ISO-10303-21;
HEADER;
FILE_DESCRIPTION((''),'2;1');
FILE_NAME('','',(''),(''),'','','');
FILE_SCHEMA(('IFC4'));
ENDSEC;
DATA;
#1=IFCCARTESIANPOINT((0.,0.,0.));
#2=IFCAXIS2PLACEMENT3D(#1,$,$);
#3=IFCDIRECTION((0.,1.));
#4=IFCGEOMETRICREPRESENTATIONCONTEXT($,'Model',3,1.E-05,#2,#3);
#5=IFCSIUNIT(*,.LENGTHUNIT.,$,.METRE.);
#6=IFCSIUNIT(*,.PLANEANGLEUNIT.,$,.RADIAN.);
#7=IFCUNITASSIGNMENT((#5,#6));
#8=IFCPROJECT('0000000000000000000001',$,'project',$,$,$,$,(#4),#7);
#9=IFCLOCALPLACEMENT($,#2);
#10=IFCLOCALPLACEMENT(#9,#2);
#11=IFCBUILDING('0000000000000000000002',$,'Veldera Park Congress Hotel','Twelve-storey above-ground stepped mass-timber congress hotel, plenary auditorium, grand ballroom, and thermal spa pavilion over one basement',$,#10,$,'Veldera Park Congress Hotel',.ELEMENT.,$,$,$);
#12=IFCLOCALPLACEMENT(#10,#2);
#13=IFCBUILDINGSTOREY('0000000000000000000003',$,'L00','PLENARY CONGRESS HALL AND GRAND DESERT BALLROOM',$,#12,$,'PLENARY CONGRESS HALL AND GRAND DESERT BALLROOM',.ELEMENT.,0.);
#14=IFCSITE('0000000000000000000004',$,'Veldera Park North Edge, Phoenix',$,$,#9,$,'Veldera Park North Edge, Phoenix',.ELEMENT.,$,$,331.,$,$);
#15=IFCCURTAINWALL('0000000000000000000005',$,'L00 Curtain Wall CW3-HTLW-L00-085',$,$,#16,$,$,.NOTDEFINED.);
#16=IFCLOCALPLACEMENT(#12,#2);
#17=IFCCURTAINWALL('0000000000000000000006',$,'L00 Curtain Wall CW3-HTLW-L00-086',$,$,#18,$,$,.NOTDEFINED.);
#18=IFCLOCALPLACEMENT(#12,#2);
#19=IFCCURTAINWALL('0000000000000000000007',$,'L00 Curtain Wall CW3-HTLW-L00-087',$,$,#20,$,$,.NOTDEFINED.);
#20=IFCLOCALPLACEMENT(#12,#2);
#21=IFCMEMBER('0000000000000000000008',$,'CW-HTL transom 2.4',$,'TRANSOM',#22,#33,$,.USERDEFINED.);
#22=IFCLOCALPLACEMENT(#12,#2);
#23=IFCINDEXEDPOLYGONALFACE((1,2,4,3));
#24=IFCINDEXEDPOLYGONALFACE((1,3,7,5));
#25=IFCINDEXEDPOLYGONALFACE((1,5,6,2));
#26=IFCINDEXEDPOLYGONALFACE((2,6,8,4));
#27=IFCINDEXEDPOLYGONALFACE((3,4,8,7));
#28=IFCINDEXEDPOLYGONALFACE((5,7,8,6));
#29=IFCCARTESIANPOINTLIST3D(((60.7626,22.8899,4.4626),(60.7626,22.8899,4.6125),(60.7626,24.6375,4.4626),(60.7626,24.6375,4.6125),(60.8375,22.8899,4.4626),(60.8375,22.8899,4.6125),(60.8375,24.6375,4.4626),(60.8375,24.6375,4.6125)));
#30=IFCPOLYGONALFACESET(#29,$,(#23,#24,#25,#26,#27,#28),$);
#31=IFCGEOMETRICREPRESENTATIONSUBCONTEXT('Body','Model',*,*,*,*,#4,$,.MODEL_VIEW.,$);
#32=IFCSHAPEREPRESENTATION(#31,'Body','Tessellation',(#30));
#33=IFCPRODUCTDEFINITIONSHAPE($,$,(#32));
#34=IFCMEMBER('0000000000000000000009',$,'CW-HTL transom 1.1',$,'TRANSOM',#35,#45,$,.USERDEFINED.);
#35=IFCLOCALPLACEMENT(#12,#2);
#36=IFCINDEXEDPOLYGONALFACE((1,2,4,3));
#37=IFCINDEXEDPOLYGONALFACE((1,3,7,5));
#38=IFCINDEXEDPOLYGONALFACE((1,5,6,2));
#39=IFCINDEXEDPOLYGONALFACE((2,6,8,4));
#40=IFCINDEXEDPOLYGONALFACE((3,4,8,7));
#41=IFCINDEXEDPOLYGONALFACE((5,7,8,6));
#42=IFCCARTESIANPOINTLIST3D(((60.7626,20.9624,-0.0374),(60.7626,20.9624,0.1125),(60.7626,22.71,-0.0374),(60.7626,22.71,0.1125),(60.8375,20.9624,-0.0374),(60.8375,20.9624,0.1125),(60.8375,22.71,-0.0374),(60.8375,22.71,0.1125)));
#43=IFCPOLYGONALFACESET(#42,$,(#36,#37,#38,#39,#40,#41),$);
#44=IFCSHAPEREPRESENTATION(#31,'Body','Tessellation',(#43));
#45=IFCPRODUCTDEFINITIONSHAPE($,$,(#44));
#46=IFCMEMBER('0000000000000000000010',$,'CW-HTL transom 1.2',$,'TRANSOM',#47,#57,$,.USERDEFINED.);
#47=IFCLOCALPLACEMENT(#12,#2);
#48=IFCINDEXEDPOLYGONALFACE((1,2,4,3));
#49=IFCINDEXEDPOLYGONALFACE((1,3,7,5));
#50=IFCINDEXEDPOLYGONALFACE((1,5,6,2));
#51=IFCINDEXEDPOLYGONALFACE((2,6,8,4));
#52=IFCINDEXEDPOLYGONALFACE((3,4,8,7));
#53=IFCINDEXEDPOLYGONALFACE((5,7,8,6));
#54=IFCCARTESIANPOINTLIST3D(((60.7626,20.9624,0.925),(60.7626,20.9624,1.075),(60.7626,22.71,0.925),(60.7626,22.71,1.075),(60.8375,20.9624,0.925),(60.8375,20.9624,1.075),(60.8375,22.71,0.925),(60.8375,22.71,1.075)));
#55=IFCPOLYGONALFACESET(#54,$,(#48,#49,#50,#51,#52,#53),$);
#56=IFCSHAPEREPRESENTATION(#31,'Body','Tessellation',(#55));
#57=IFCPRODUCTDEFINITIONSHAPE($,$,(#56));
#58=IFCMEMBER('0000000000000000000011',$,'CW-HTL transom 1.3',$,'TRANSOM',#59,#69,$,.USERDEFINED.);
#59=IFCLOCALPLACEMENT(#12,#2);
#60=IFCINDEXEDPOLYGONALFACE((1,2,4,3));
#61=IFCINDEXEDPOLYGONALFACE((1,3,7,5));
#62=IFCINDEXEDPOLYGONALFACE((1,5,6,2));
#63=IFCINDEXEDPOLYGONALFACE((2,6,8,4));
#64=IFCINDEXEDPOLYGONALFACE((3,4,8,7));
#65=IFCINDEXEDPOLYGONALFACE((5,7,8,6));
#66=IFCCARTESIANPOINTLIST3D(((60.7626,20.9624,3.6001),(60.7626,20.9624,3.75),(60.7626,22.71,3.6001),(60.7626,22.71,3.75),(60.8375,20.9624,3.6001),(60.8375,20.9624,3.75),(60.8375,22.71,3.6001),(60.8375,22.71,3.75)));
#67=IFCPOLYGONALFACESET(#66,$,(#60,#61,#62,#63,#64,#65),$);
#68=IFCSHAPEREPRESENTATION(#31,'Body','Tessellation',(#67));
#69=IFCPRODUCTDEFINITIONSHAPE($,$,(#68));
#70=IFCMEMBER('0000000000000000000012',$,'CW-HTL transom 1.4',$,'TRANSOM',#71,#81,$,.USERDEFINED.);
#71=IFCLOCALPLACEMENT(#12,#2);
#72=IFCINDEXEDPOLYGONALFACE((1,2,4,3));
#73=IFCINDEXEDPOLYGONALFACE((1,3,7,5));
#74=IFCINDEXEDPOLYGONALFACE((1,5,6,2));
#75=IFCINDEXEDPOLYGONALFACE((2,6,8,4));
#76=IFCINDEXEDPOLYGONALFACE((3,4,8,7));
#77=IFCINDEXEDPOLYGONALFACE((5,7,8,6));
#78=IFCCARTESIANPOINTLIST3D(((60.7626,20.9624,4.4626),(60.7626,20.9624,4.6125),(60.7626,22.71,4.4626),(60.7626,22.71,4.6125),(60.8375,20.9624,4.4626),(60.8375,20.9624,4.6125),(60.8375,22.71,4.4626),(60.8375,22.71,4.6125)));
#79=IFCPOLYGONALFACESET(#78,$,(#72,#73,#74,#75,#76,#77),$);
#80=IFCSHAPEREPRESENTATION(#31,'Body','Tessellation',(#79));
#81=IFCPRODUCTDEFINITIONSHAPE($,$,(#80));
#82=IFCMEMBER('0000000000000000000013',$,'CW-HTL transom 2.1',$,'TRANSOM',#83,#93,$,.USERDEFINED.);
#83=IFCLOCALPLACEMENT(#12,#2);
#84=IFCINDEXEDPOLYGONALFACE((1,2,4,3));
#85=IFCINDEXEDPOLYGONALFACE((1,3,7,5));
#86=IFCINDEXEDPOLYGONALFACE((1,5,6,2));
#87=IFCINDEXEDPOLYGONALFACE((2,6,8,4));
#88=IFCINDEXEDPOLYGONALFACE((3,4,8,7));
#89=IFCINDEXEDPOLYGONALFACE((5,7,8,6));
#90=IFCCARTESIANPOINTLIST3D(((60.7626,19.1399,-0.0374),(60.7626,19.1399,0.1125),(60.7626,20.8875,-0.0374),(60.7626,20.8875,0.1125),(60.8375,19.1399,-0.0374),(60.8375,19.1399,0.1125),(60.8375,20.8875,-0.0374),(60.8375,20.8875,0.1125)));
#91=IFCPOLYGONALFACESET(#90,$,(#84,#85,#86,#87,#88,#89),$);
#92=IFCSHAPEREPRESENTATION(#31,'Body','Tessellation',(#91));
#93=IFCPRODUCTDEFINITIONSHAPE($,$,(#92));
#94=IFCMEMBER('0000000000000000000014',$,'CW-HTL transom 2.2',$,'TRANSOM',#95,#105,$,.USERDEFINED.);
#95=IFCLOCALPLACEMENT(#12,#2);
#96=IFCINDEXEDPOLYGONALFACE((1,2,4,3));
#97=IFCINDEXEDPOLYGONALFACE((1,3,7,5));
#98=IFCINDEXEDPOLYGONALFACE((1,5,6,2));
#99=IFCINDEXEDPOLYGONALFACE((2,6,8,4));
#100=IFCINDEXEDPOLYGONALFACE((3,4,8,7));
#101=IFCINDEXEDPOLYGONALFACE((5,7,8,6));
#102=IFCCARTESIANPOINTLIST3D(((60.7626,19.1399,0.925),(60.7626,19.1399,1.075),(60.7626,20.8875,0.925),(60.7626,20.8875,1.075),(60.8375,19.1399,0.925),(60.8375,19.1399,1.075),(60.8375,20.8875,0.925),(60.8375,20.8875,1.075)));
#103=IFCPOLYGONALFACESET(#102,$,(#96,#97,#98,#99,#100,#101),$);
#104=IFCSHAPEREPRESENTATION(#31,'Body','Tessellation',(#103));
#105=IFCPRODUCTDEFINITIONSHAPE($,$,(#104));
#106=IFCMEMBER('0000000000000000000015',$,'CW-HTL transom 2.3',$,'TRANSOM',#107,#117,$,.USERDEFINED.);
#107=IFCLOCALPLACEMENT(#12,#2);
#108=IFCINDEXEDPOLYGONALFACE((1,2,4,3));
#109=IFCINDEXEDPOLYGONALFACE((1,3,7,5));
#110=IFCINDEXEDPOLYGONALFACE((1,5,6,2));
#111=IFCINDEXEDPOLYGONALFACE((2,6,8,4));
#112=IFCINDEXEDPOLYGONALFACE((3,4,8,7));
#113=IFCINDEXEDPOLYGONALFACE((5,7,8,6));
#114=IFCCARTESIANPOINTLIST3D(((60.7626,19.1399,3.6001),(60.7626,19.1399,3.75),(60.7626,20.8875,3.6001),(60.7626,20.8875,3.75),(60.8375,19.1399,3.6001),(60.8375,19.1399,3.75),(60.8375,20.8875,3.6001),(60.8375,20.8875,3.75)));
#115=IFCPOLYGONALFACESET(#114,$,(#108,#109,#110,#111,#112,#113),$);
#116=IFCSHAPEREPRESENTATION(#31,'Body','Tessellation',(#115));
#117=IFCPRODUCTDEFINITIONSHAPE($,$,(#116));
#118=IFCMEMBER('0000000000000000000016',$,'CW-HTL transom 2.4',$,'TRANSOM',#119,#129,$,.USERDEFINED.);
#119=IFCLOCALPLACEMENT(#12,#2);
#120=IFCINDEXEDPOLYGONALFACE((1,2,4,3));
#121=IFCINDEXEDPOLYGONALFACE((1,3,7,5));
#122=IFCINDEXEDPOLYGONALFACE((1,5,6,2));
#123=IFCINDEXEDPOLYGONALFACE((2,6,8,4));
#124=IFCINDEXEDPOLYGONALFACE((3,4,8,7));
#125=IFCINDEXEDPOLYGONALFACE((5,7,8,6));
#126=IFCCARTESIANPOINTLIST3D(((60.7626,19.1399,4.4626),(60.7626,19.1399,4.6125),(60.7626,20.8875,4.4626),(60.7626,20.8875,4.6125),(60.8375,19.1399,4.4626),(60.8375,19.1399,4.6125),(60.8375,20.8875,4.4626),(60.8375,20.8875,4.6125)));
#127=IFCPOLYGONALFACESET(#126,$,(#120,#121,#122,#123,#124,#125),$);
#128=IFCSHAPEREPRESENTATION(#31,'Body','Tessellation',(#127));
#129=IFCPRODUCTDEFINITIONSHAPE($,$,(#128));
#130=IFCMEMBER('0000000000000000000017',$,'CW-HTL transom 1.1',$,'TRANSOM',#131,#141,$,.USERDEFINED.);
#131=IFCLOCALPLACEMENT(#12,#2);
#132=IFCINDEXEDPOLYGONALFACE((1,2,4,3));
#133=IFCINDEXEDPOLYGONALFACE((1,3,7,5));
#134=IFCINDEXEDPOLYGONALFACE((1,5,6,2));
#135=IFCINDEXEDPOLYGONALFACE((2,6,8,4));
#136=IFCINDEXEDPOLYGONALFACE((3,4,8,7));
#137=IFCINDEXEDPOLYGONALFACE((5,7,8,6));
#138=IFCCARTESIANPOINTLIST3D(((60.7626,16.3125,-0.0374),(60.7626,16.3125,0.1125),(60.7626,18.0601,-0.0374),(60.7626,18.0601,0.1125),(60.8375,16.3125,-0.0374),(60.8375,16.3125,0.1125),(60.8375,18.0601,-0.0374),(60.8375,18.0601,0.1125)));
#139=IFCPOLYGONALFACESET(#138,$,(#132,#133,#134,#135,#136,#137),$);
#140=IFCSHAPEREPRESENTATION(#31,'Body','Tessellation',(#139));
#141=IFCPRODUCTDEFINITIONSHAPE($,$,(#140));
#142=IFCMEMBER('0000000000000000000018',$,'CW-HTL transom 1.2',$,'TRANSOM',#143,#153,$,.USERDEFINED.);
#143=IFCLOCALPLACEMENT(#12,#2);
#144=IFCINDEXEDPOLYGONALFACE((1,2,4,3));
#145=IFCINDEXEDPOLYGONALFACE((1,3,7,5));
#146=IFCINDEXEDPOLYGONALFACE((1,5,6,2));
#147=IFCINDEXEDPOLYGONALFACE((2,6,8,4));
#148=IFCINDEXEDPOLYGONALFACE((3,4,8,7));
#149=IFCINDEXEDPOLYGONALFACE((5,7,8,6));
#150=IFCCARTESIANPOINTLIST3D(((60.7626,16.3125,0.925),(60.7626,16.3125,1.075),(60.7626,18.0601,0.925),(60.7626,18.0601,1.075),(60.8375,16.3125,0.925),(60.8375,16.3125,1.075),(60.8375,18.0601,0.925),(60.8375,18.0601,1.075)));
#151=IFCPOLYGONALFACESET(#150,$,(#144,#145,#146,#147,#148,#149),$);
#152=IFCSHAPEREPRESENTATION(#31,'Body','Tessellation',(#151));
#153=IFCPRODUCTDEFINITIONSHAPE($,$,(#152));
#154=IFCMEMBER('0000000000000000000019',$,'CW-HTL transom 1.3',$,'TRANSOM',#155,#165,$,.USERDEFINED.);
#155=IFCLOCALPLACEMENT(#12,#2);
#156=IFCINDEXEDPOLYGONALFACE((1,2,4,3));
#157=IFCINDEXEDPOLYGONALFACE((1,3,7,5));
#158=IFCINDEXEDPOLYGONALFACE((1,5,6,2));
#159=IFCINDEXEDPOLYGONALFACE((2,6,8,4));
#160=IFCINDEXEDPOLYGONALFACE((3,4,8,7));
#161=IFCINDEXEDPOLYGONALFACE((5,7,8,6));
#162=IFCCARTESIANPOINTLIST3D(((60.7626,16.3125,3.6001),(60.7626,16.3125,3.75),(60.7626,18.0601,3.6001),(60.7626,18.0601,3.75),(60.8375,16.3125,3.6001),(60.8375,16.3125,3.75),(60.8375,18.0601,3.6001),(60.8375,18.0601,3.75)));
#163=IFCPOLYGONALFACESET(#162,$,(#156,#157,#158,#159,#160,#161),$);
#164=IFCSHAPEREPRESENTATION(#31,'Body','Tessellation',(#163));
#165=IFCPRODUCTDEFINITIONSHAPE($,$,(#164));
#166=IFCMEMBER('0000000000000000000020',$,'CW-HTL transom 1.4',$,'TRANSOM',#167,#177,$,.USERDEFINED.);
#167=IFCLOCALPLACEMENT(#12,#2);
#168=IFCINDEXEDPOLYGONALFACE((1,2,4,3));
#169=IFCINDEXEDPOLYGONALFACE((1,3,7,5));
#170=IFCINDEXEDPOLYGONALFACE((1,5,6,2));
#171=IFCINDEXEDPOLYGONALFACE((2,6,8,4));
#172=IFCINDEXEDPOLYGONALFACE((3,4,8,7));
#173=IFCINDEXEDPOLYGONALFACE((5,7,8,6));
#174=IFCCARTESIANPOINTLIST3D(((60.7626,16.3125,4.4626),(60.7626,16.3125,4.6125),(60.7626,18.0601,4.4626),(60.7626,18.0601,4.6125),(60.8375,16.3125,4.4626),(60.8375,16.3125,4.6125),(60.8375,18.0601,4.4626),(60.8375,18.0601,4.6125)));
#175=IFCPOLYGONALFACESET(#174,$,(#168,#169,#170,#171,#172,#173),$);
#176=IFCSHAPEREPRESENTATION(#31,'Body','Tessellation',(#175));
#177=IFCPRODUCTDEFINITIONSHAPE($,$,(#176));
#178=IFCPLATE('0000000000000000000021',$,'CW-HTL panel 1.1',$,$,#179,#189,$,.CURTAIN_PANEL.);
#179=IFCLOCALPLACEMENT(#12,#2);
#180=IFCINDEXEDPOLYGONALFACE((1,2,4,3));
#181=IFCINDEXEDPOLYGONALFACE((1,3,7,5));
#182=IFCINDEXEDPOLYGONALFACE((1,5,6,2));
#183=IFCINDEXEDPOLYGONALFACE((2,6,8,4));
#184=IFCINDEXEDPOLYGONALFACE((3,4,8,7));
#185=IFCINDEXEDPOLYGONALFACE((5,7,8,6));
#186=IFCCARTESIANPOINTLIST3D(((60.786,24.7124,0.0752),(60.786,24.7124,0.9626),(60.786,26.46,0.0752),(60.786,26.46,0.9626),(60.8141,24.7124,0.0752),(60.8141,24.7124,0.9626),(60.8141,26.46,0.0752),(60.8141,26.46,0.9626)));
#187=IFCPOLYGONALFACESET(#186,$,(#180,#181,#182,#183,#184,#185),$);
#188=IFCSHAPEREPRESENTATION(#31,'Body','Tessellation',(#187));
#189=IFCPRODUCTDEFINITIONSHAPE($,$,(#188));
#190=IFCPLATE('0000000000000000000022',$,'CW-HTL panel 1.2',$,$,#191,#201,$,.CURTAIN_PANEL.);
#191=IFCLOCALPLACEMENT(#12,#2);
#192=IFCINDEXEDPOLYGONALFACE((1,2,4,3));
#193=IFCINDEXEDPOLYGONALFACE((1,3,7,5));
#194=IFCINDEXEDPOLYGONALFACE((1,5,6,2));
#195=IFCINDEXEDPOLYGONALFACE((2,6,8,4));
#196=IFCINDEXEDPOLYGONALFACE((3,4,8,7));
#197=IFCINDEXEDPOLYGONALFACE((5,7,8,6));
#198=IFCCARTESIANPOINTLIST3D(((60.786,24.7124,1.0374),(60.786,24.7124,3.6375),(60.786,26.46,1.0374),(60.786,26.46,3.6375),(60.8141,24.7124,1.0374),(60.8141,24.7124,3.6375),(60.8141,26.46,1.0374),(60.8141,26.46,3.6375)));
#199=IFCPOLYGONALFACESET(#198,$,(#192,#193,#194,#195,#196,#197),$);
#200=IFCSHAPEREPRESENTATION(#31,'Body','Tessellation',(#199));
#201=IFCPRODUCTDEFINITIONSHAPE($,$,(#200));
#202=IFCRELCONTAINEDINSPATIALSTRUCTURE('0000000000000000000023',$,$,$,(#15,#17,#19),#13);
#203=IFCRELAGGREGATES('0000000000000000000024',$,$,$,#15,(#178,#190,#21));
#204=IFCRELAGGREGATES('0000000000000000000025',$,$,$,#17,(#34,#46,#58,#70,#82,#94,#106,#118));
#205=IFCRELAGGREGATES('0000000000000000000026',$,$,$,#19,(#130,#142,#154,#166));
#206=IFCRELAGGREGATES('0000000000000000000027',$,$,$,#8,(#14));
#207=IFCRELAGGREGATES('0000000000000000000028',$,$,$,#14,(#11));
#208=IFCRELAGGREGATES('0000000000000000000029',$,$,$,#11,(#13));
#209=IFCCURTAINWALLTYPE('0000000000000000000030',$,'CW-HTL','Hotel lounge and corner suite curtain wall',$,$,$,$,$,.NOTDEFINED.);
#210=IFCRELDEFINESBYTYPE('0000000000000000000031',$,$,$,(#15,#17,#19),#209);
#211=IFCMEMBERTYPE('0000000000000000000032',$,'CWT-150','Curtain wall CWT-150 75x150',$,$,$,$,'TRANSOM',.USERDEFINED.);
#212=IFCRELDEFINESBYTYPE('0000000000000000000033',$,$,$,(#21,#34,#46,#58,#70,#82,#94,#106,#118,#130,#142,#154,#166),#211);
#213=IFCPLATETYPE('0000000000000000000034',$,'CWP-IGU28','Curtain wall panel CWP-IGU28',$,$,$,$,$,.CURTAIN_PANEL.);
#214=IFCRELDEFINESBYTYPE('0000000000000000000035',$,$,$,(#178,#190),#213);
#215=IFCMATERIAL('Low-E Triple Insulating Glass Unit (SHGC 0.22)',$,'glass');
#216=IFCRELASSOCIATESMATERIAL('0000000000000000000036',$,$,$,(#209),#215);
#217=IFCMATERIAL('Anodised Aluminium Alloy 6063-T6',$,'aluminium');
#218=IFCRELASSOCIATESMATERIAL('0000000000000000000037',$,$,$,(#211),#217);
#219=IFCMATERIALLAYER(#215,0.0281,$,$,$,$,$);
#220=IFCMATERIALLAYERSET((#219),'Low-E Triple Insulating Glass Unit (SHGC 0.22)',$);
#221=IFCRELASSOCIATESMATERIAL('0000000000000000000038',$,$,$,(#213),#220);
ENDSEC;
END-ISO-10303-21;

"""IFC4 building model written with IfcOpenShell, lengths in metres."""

from ifc_helpers import new_model, si_unit, direction, frame, origin, origin_2d, place, context, subcontext, project, spatial, rectangle, extrude, material, layer, layer_set, material_profile, profile_set, type_object, element, aggregate, save


model = new_model("IFC4")

# Units and contexts
model_context = context("Model", 3, precision=1e-05, world=origin(), true_north=direction((0.0, 1.0)))
body_context = subcontext(model_context, "Body", "Model", "MODEL_VIEW")
ifc_project = project(units=[si_unit("LENGTHUNIT", "METRE"), si_unit("PLANEANGLEUNIT", "RADIAN")], contexts=[model_context])

# Site, building, storey
site_placement = place(None, origin())
site = spatial("IfcSite", under=ifc_project, at=site_placement, Name="Veldera Park North Edge, Phoenix", LongName="Veldera Park North Edge, Phoenix", CompositionType="ELEMENT", RefElevation=331.0)
building_placement = place(site_placement, origin())
building = spatial("IfcBuilding", under=site, at=building_placement, Name="Veldera Park Congress Hotel", Description="Twelve-storey above-ground stepped mass-timber congress hotel, plenary auditorium, grand ballroom, and thermal spa pavilion over one basement", LongName="Veldera Park Congress Hotel", CompositionType="ELEMENT")
storey_placement = place(building_placement, origin())
storey = spatial("IfcBuildingStorey", under=building, at=storey_placement, Name="L00", Description="PLENARY CONGRESS HALL AND GRAND DESERT BALLROOM", LongName="PLENARY CONGRESS HALL AND GRAND DESERT BALLROOM", CompositionType="ELEMENT", Elevation=0.0)

# Curtain walls
ifc_material_1 = material(Name="Low-E Triple Insulating Glass Unit (SHGC 0.22)", Category="glass")
curtain_wall_type = type_object("IfcCurtainWallType", Name="CW-HTL", Description="Hotel lounge and corner suite curtain wall", PredefinedType="NOTDEFINED", material=ifc_material_1)
curtain_wall_1_placement = place(storey_placement, origin())
curtain_wall_1 = element("IfcCurtainWall", 1, at=curtain_wall_1_placement, inside=storey, type_object=curtain_wall_type, Name="L00 Curtain Wall CW3-HTLW-L00-085", PredefinedType="NOTDEFINED")
ifc_material_2 = material(Name="Anodised Aluminium Alloy 6063-T6", Category="aluminium")
curtain_wall_2_placement = place(storey_placement, origin())
curtain_wall_2 = element("IfcCurtainWall", 2, at=curtain_wall_2_placement, inside=storey, type_object=curtain_wall_type, Name="L00 Curtain Wall CW3-HTLW-L00-086", PredefinedType="NOTDEFINED")

# Curtain wall
curtain_wall_3_placement = place(storey_placement, origin())
curtain_wall_3 = element("IfcCurtainWall", 3, at=curtain_wall_3_placement, inside=storey, type_object=curtain_wall_type, Name="L00 Curtain Wall CW3-HTLW-L00-087", PredefinedType="NOTDEFINED")

# Members
ifc_material_profile_1 = material_profile(ifc_material_2, rectangle(XDim=0.075, YDim=0.1499, at=origin_2d()), Name="ALU 75x150")
ifc_profile_set_1 = profile_set([ifc_material_profile_1], Name="Anodised Aluminium Alloy 6063-T6")
member_type_1 = type_object("IfcMemberType", Name="CWT-150", Description="Curtain wall CWT-150 75x150", ElementType="TRANSOM", PredefinedType="USERDEFINED", material=ifc_profile_set_1)
member_1_placement = place(storey_placement, frame((60.8, 24.6375, 4.5376), z_axis=(0.0, -1.0, 0.0), x_axis=(1.0, 0.0, 0.0)))
member_1 = element("IfcMember", 4, at=member_1_placement, type_object=member_type_1, Name="CW-HTL transom 2.4", ObjectType="TRANSOM", PredefinedType="USERDEFINED", context=body_context, shape_type="SweptSolid", body=[
    extrude(rectangle(XDim=0.075, YDim=0.1499, at=origin_2d()), origin(), (0.0, 0.0, 1.0), 1.7476),
])
member_2_placement = place(storey_placement, frame((60.8, 22.71, 0.0376), z_axis=(0.0, -1.0, 0.0), x_axis=(1.0, 0.0, 0.0)))
member_2 = element("IfcMember", 5, at=member_2_placement, type_object=member_type_1, Name="CW-HTL transom 1.1", ObjectType="TRANSOM", PredefinedType="USERDEFINED", context=body_context, shape_type="SweptSolid", body=[
    extrude(rectangle(XDim=0.075, YDim=0.1499, at=origin_2d()), origin(), (0.0, 0.0, 1.0), 1.7476),
])
member_3_placement = place(storey_placement, frame((60.8, 22.71, 1.0), z_axis=(0.0, -1.0, 0.0), x_axis=(1.0, 0.0, 0.0)))
member_3 = element("IfcMember", 6, at=member_3_placement, type_object=member_type_1, Name="CW-HTL transom 1.2", ObjectType="TRANSOM", PredefinedType="USERDEFINED", context=body_context, shape_type="SweptSolid", body=[
    extrude(rectangle(XDim=0.075, YDim=0.1499, at=origin_2d()), origin(), (0.0, 0.0, 1.0), 1.7476),
])
member_4_placement = place(storey_placement, frame((60.8, 22.71, 3.675), z_axis=(0.0, -1.0, 0.0), x_axis=(1.0, 0.0, 0.0)))
member_4 = element("IfcMember", 7, at=member_4_placement, type_object=member_type_1, Name="CW-HTL transom 1.3", ObjectType="TRANSOM", PredefinedType="USERDEFINED", context=body_context, shape_type="SweptSolid", body=[
    extrude(rectangle(XDim=0.075, YDim=0.1499, at=origin_2d()), origin(), (0.0, 0.0, 1.0), 1.7476),
])
member_5_placement = place(storey_placement, frame((60.8, 22.71, 4.5376), z_axis=(0.0, -1.0, 0.0), x_axis=(1.0, 0.0, 0.0)))
member_5 = element("IfcMember", 8, at=member_5_placement, type_object=member_type_1, Name="CW-HTL transom 1.4", ObjectType="TRANSOM", PredefinedType="USERDEFINED", context=body_context, shape_type="SweptSolid", body=[
    extrude(rectangle(XDim=0.075, YDim=0.1499, at=origin_2d()), origin(), (0.0, 0.0, 1.0), 1.7476),
])
member_6_placement = place(storey_placement, frame((60.8, 20.8875, 0.0376), z_axis=(0.0, -1.0, 0.0), x_axis=(1.0, 0.0, 0.0)))
member_6 = element("IfcMember", 9, at=member_6_placement, type_object=member_type_1, Name="CW-HTL transom 2.1", ObjectType="TRANSOM", PredefinedType="USERDEFINED", context=body_context, shape_type="SweptSolid", body=[
    extrude(rectangle(XDim=0.075, YDim=0.1499, at=origin_2d()), origin(), (0.0, 0.0, 1.0), 1.7476),
])
member_7_placement = place(storey_placement, frame((60.8, 20.8875, 1.0), z_axis=(0.0, -1.0, 0.0), x_axis=(1.0, 0.0, 0.0)))
member_7 = element("IfcMember", 10, at=member_7_placement, type_object=member_type_1, Name="CW-HTL transom 2.2", ObjectType="TRANSOM", PredefinedType="USERDEFINED", context=body_context, shape_type="SweptSolid", body=[
    extrude(rectangle(XDim=0.075, YDim=0.1499, at=origin_2d()), origin(), (0.0, 0.0, 1.0), 1.7476),
])
member_8_placement = place(storey_placement, frame((60.8, 20.8875, 3.675), z_axis=(0.0, -1.0, 0.0), x_axis=(1.0, 0.0, 0.0)))
member_8 = element("IfcMember", 11, at=member_8_placement, type_object=member_type_1, Name="CW-HTL transom 2.3", ObjectType="TRANSOM", PredefinedType="USERDEFINED", context=body_context, shape_type="SweptSolid", body=[
    extrude(rectangle(XDim=0.075, YDim=0.1499, at=origin_2d()), origin(), (0.0, 0.0, 1.0), 1.7476),
])
member_9_placement = place(storey_placement, frame((60.8, 20.8875, 4.5376), z_axis=(0.0, -1.0, 0.0), x_axis=(1.0, 0.0, 0.0)))
member_9 = element("IfcMember", 12, at=member_9_placement, type_object=member_type_1, Name="CW-HTL transom 2.4", ObjectType="TRANSOM", PredefinedType="USERDEFINED", context=body_context, shape_type="SweptSolid", body=[
    extrude(rectangle(XDim=0.075, YDim=0.1499, at=origin_2d()), origin(), (0.0, 0.0, 1.0), 1.7476),
])
member_10_placement = place(storey_placement, frame((60.8, 18.0601, 0.0376), z_axis=(0.0, -1.0, 0.0), x_axis=(1.0, 0.0, 0.0)))
member_10 = element("IfcMember", 13, at=member_10_placement, type_object=member_type_1, Name="CW-HTL transom 1.1", ObjectType="TRANSOM", PredefinedType="USERDEFINED", context=body_context, shape_type="SweptSolid", body=[
    extrude(rectangle(XDim=0.075, YDim=0.1499, at=origin_2d()), origin(), (0.0, 0.0, 1.0), 1.7476),
])
member_11_placement = place(storey_placement, frame((60.8, 18.0601, 1.0), z_axis=(0.0, -1.0, 0.0), x_axis=(1.0, 0.0, 0.0)))
member_11 = element("IfcMember", 14, at=member_11_placement, type_object=member_type_1, Name="CW-HTL transom 1.2", ObjectType="TRANSOM", PredefinedType="USERDEFINED", context=body_context, shape_type="SweptSolid", body=[
    extrude(rectangle(XDim=0.075, YDim=0.1499, at=origin_2d()), origin(), (0.0, 0.0, 1.0), 1.7476),
])
member_12_placement = place(storey_placement, frame((60.8, 18.0601, 3.675), z_axis=(0.0, -1.0, 0.0), x_axis=(1.0, 0.0, 0.0)))
member_12 = element("IfcMember", 15, at=member_12_placement, type_object=member_type_1, Name="CW-HTL transom 1.3", ObjectType="TRANSOM", PredefinedType="USERDEFINED", context=body_context, shape_type="SweptSolid", body=[
    extrude(rectangle(XDim=0.075, YDim=0.1499, at=origin_2d()), origin(), (0.0, 0.0, 1.0), 1.7476),
])
member_13_placement = place(storey_placement, frame((60.8, 18.0601, 4.5376), z_axis=(0.0, -1.0, 0.0), x_axis=(1.0, 0.0, 0.0)))
member_13 = element("IfcMember", 16, at=member_13_placement, type_object=member_type_1, Name="CW-HTL transom 1.4", ObjectType="TRANSOM", PredefinedType="USERDEFINED", context=body_context, shape_type="SweptSolid", body=[
    extrude(rectangle(XDim=0.075, YDim=0.1499, at=origin_2d()), origin(), (0.0, 0.0, 1.0), 1.7476),
])

# Plates
ifc_layer = layer(ifc_material_1, 0.0281)
ifc_layer_set = layer_set([ifc_layer], Name="Low-E Triple Insulating Glass Unit (SHGC 0.22)")
plate_type = type_object("IfcPlateType", Name="CWP-IGU28", Description="Curtain wall panel CWP-IGU28", PredefinedType="CURTAIN_PANEL", material=ifc_layer_set)
plate_1_placement = place(storey_placement, frame((60.8, 25.5862, 0.0752), z_axis=(0.0, 0.0, 1.0), x_axis=(0.0, -1.0, 0.0)))
plate_1 = element("IfcPlate", 17, at=plate_1_placement, type_object=plate_type, Name="CW-HTL panel 1.1", PredefinedType="CURTAIN_PANEL", context=body_context, shape_type="SweptSolid", body=[
    extrude(rectangle(XDim=1.7476, YDim=0.0281, at=origin_2d()), origin(), (0.0, 0.0, 1.0), 0.8875),
])
plate_2_placement = place(storey_placement, frame((60.8, 25.5862, 1.0374), z_axis=(0.0, 0.0, 1.0), x_axis=(0.0, -1.0, 0.0)))
plate_2 = element("IfcPlate", 18, at=plate_2_placement, type_object=plate_type, Name="CW-HTL panel 1.2", PredefinedType="CURTAIN_PANEL", context=body_context, shape_type="SweptSolid", body=[
    extrude(rectangle(XDim=1.7476, YDim=0.0281, at=origin_2d()), origin(), (0.0, 0.0, 1.0), 2.6001),
])
aggregate(curtain_wall_1, [plate_1, plate_2, member_1])
aggregate(curtain_wall_2, [member_2, member_3, member_4, member_5, member_6, member_7, member_8, member_9])
aggregate(curtain_wall_3, [member_10, member_11, member_12, member_13])

save(model, "model.ifc")
